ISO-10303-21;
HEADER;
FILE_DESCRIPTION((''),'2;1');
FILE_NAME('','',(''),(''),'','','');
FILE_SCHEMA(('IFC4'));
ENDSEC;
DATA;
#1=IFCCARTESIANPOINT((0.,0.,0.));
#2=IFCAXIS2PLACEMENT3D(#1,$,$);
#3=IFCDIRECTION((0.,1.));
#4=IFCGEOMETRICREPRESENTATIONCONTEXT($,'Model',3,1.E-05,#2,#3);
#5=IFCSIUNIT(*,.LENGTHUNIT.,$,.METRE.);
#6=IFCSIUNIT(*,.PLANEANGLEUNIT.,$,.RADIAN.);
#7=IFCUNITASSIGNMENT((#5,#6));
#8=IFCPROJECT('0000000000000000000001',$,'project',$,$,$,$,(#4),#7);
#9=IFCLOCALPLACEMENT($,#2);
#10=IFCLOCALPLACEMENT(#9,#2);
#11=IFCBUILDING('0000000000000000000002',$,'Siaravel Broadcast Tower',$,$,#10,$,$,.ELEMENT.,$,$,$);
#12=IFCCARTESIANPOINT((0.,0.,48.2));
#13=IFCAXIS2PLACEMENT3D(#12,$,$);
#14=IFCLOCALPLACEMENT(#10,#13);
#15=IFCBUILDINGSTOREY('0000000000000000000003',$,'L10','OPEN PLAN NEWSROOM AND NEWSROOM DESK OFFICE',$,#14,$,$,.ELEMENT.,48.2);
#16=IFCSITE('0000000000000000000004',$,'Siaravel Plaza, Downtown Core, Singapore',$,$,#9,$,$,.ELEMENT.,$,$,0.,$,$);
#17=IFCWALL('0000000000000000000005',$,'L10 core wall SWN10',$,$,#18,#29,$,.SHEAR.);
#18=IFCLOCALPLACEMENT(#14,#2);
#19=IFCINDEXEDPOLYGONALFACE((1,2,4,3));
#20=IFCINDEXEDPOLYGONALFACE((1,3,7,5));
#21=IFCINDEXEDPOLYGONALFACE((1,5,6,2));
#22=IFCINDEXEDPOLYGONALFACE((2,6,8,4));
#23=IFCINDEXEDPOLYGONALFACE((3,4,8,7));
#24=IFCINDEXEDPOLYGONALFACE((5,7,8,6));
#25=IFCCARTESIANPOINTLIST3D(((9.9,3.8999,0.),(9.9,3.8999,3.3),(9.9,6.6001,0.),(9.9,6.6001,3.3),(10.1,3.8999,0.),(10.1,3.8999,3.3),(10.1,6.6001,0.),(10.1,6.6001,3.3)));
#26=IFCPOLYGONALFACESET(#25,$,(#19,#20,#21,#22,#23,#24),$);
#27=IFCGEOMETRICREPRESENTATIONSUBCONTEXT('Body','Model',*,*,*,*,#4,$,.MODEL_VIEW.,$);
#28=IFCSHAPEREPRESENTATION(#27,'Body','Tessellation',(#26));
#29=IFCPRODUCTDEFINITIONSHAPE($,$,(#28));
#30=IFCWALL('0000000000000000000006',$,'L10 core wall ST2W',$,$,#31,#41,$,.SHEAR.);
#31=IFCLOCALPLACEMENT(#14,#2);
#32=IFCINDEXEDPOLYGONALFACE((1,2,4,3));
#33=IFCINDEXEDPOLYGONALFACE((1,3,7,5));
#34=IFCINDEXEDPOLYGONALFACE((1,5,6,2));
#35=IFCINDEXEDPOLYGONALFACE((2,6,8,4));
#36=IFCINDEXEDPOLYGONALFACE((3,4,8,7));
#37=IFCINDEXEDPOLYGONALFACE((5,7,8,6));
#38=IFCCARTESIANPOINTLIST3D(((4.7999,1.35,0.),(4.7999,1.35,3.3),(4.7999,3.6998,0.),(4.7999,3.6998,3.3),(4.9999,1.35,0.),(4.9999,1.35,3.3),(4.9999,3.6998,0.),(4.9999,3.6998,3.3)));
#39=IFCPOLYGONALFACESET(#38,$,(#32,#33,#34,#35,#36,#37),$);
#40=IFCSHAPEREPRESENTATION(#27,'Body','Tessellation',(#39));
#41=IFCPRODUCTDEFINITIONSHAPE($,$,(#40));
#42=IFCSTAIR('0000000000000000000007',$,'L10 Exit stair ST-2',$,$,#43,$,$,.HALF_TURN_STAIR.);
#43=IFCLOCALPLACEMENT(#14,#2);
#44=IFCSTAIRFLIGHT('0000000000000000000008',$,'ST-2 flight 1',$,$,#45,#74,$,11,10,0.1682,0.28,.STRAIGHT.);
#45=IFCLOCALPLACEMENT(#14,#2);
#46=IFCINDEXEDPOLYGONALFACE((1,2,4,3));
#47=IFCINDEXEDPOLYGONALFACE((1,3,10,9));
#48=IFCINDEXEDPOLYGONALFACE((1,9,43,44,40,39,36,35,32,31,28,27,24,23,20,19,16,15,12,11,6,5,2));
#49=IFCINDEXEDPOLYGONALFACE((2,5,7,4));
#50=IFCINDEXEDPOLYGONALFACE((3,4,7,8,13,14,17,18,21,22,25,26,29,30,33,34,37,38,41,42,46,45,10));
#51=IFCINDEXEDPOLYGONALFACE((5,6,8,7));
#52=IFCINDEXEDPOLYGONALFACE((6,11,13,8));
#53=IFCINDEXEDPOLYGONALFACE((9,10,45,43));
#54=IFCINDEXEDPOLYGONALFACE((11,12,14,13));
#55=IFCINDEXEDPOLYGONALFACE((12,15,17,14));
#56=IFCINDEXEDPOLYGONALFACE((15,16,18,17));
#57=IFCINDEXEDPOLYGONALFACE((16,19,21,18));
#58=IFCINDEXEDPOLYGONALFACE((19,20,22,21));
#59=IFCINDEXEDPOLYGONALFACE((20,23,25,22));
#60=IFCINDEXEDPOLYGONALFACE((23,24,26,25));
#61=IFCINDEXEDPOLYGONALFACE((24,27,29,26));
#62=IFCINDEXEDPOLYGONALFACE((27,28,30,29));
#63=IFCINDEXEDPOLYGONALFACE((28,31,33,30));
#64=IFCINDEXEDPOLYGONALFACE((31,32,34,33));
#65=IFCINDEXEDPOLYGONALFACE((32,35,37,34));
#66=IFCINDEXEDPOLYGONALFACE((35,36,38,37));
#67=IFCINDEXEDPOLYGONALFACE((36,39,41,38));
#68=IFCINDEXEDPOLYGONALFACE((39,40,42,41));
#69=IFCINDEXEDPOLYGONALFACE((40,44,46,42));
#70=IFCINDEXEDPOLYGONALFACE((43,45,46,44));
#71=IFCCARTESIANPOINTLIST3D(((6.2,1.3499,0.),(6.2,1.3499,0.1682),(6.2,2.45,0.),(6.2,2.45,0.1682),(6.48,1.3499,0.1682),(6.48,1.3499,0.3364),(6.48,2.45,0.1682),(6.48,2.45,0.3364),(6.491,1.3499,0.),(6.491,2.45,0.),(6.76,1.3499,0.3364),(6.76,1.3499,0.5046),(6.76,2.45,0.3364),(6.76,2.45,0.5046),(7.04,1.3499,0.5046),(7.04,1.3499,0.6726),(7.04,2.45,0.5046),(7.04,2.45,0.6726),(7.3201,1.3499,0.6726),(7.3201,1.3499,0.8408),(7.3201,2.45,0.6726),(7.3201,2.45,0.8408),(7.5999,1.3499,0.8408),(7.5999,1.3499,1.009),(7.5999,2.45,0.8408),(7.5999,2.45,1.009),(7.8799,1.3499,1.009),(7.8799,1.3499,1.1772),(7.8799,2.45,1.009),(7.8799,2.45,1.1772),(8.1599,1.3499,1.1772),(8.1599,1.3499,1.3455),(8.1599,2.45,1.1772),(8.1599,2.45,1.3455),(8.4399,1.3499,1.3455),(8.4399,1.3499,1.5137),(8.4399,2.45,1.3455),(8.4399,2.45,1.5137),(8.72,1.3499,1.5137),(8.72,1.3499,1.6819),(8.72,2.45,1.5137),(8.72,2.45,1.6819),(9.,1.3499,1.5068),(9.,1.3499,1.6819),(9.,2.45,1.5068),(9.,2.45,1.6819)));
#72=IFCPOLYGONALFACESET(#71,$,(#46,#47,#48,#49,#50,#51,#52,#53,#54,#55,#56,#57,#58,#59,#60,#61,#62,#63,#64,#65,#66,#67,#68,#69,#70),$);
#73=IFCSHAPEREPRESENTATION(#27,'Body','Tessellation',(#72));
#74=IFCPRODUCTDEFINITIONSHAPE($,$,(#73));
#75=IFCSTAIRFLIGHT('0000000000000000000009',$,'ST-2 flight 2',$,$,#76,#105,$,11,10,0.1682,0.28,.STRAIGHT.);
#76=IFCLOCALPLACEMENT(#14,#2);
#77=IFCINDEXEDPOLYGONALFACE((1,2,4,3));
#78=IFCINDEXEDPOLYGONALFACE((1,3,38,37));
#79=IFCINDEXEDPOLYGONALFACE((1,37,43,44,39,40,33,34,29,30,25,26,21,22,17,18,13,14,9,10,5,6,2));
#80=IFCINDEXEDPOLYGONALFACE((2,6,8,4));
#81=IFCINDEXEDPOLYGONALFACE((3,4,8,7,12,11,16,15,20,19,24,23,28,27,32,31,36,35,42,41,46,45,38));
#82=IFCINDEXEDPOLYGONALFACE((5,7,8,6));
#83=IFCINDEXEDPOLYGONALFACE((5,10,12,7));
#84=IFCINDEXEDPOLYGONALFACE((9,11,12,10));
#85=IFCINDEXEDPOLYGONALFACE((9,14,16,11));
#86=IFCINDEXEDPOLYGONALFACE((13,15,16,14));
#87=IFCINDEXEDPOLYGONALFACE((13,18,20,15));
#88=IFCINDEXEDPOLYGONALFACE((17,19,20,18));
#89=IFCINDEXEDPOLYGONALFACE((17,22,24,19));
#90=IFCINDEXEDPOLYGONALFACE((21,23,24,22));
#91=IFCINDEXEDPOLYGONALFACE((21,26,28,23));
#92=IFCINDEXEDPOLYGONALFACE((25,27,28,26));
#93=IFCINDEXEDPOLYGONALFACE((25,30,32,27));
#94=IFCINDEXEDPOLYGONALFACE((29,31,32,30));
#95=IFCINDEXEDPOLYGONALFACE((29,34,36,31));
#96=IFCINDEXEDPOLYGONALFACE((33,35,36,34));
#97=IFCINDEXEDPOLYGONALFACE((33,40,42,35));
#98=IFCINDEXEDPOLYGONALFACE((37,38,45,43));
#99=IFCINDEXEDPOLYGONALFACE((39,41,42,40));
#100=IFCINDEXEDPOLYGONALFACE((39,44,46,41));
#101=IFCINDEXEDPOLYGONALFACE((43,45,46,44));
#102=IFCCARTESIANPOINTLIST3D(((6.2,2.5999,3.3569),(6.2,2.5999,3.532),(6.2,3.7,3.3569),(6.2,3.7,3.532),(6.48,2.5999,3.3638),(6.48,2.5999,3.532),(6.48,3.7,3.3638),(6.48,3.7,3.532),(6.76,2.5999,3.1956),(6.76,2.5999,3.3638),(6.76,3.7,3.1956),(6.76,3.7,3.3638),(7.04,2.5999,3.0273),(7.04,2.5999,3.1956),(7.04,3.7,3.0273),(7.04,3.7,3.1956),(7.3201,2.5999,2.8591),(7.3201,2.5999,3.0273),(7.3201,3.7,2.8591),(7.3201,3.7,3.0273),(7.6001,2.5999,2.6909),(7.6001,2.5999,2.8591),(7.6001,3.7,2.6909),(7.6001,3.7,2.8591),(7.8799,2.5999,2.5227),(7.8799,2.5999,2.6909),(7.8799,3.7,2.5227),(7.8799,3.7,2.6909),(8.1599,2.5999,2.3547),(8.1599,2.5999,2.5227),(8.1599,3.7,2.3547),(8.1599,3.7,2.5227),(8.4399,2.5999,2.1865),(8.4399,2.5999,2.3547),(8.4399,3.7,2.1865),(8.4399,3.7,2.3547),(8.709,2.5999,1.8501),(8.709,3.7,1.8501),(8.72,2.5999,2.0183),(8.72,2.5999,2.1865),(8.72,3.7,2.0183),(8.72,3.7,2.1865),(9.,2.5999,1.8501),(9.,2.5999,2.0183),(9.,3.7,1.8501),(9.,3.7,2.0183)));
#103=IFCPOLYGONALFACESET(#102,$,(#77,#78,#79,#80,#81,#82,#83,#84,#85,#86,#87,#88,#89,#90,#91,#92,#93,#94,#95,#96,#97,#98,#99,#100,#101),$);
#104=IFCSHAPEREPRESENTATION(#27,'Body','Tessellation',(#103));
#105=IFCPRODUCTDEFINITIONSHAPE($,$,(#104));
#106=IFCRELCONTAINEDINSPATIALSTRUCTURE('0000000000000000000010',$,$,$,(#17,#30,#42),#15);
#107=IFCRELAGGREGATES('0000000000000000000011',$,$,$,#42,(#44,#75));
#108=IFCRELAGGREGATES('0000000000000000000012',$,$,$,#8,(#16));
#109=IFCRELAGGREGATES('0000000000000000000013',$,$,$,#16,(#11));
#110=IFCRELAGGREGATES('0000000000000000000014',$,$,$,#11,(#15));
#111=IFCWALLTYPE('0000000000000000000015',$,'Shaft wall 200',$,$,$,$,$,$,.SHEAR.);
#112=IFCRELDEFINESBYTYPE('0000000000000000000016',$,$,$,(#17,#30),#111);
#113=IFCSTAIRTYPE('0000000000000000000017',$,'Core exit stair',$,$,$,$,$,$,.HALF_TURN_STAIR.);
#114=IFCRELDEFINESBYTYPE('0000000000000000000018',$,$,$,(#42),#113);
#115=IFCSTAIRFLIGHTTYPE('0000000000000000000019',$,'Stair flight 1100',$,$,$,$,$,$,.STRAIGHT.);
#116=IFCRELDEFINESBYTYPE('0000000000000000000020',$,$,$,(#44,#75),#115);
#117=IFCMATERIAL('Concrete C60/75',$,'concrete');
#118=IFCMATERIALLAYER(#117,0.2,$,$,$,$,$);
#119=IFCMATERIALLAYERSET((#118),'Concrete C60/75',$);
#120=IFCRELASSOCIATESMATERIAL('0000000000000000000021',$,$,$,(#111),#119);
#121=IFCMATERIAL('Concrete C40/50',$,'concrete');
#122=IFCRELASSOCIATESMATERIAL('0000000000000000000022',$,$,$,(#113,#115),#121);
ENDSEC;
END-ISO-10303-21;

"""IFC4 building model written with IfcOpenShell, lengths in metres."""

from ifc_helpers import new_model, si_unit, direction, frame, frame_2d, origin, place, context, subcontext, project, spatial, polyline, rectangle, outline, extrude, material, layer, layer_set, type_object, element, aggregate, save


model = new_model("IFC4")

# Units and contexts
model_context = context("Model", 3, precision=1e-05, world=origin(), true_north=direction((0.0, 1.0)))
body_context = subcontext(model_context, "Body", "Model", "MODEL_VIEW")
ifc_project = project(units=[si_unit("LENGTHUNIT", "METRE"), si_unit("PLANEANGLEUNIT", "RADIAN")], contexts=[model_context])

# Site, building, storey
site_placement = place(None, origin())
site = spatial("IfcSite", under=ifc_project, at=site_placement, Name="Siaravel Plaza, Downtown Core, Singapore", CompositionType="ELEMENT", RefElevation=0.0)
building_placement = place(site_placement, origin())
building = spatial("IfcBuilding", under=site, at=building_placement, Name="Siaravel Broadcast Tower", CompositionType="ELEMENT")
storey_placement = place(building_placement, frame((0.0, 0.0, 48.2)))
storey = spatial("IfcBuildingStorey", under=building, at=storey_placement, Name="L10", Description="OPEN PLAN NEWSROOM AND NEWSROOM DESK OFFICE", CompositionType="ELEMENT", Elevation=48.2)

# Shared definitions
ifc_material_1 = material(Name="Concrete C60/75", Category="concrete")

# Walls
ifc_layer_1 = layer(ifc_material_1, 0.2)
ifc_layer_set_1 = layer_set([ifc_layer_1], Name="Concrete C60/75")
wall_type_1 = type_object("IfcWallType", Name="Shaft wall 200", PredefinedType="SHEAR", material=ifc_layer_set_1)
wall_1_placement = place(storey_placement, frame((10.0, 3.8999, 0.0), z_axis=(0.0, 0.0, 1.0), x_axis=(0.0, 1.0, 0.0)))
element("IfcWall", 1, at=wall_1_placement, inside=storey, type_object=wall_type_1, Name="L10 core wall SWN10", PredefinedType="SHEAR", context=body_context, shape_type="SweptSolid", body=[
    extrude(rectangle(XDim=2.7002, YDim=0.2, at=frame_2d((1.3501, 0.0))), origin(), (0.0, 0.0, 1.0), 3.3),
])
wall_2_placement = place(storey_placement, frame((4.8999, 1.3501, 0.0), z_axis=(0.0, 0.0, 1.0), x_axis=(0.0, 1.0, 0.0)))
element("IfcWall", 2, at=wall_2_placement, inside=storey, type_object=wall_type_1, Name="L10 core wall ST2W", PredefinedType="SHEAR", context=body_context, shape_type="SweptSolid", body=[
    extrude(rectangle(XDim=2.3499, YDim=0.2, at=frame_2d((1.1748, 0.0))), origin(), (0.0, 0.0, 1.0), 3.3),
])

# Stair, stair flights
ifc_material_2 = material(Name="Concrete C40/50", Category="concrete")
stair_type = type_object("IfcStairType", Name="Core exit stair", PredefinedType="HALF_TURN_STAIR", material=ifc_material_2)
stair_placement = place(storey_placement, origin())
stair = element("IfcStair", 3, at=stair_placement, inside=storey, type_object=stair_type, Name="L10 Exit stair ST-2", PredefinedType="HALF_TURN_STAIR")
stair_flight_type = type_object("IfcStairFlightType", Name="Stair flight 1100", PredefinedType="STRAIGHT", material=ifc_material_2)
stair_flight_1_placement = place(storey_placement, frame((6.2, 1.8999, 0.0), z_axis=(0.0, 0.0, 1.0), x_axis=(1.0, 0.0, 0.0)))
stair_flight_1 = element("IfcStairFlight", 4, at=stair_flight_1_placement, type_object=stair_flight_type, Name="ST-2 flight 1", NumberOfRisers=11, NumberOfTreads=10, PredefinedType="STRAIGHT", RiserHeight=0.1682, TreadLength=0.28, context=body_context, shape_type="SweptSolid", body=[
    extrude(outline(polyline([(0.0, 0.0), (0.0, 0.1682), (0.28, 0.1682), (0.28, 0.3364), (0.5601, 0.3364), (0.5601, 0.5046), (0.8401, 0.5046), (0.8401, 0.6726), (1.1201, 0.6726), (1.1201, 0.8408), (1.3999, 0.8408), (1.3999, 1.009), (1.6799, 1.009), (1.6799, 1.1772), (1.96, 1.1772), (1.96, 1.3455), (2.24, 1.3455), (2.24, 1.5137), (2.52, 1.5137), (2.52, 1.6819), (2.8, 1.6819), (2.8, 1.8501), (2.8, 1.5068), (0.291, 0.0), (0.0, 0.0)])), frame((0.0, 0.55, 0.0), z_axis=(0.0, -1.0, 0.0), x_axis=(1.0, 0.0, 0.0)), (0.0, 0.0, 1.0), 1.1001),
])
stair_flight_2_placement = place(storey_placement, frame((9.0, 3.1499, 1.8501), z_axis=(0.0, 0.0, 1.0), x_axis=(-1.0, 0.0, 0.0)))
stair_flight_2 = element("IfcStairFlight", 5, at=stair_flight_2_placement, type_object=stair_flight_type, Name="ST-2 flight 2", NumberOfRisers=11, NumberOfTreads=10, PredefinedType="STRAIGHT", RiserHeight=0.1682, TreadLength=0.28, context=body_context, shape_type="SweptSolid", body=[
    extrude(outline(polyline([(0.0, 0.0), (0.0, 0.1682), (0.28, 0.1682), (0.28, 0.3364), (0.5601, 0.3364), (0.5601, 0.5046), (0.8401, 0.5046), (0.8401, 0.6726), (1.1201, 0.6726), (1.1201, 0.8408), (1.3999, 0.8408), (1.3999, 1.009), (1.6799, 1.009), (1.6799, 1.1772), (1.96, 1.1772), (1.96, 1.3455), (2.24, 1.3455), (2.24, 1.5137), (2.52, 1.5137), (2.52, 1.6819), (2.8, 1.6819), (2.8, 1.8501), (2.8, 1.5068), (0.291, 0.0), (0.0, 0.0)])), frame((0.0, 0.55, 0.0), z_axis=(0.0, -1.0, 0.0), x_axis=(1.0, 0.0, 0.0)), (0.0, 0.0, 1.0), 1.1001),
])
aggregate(stair, [stair_flight_1, stair_flight_2])

save(model, "model.ifc")
